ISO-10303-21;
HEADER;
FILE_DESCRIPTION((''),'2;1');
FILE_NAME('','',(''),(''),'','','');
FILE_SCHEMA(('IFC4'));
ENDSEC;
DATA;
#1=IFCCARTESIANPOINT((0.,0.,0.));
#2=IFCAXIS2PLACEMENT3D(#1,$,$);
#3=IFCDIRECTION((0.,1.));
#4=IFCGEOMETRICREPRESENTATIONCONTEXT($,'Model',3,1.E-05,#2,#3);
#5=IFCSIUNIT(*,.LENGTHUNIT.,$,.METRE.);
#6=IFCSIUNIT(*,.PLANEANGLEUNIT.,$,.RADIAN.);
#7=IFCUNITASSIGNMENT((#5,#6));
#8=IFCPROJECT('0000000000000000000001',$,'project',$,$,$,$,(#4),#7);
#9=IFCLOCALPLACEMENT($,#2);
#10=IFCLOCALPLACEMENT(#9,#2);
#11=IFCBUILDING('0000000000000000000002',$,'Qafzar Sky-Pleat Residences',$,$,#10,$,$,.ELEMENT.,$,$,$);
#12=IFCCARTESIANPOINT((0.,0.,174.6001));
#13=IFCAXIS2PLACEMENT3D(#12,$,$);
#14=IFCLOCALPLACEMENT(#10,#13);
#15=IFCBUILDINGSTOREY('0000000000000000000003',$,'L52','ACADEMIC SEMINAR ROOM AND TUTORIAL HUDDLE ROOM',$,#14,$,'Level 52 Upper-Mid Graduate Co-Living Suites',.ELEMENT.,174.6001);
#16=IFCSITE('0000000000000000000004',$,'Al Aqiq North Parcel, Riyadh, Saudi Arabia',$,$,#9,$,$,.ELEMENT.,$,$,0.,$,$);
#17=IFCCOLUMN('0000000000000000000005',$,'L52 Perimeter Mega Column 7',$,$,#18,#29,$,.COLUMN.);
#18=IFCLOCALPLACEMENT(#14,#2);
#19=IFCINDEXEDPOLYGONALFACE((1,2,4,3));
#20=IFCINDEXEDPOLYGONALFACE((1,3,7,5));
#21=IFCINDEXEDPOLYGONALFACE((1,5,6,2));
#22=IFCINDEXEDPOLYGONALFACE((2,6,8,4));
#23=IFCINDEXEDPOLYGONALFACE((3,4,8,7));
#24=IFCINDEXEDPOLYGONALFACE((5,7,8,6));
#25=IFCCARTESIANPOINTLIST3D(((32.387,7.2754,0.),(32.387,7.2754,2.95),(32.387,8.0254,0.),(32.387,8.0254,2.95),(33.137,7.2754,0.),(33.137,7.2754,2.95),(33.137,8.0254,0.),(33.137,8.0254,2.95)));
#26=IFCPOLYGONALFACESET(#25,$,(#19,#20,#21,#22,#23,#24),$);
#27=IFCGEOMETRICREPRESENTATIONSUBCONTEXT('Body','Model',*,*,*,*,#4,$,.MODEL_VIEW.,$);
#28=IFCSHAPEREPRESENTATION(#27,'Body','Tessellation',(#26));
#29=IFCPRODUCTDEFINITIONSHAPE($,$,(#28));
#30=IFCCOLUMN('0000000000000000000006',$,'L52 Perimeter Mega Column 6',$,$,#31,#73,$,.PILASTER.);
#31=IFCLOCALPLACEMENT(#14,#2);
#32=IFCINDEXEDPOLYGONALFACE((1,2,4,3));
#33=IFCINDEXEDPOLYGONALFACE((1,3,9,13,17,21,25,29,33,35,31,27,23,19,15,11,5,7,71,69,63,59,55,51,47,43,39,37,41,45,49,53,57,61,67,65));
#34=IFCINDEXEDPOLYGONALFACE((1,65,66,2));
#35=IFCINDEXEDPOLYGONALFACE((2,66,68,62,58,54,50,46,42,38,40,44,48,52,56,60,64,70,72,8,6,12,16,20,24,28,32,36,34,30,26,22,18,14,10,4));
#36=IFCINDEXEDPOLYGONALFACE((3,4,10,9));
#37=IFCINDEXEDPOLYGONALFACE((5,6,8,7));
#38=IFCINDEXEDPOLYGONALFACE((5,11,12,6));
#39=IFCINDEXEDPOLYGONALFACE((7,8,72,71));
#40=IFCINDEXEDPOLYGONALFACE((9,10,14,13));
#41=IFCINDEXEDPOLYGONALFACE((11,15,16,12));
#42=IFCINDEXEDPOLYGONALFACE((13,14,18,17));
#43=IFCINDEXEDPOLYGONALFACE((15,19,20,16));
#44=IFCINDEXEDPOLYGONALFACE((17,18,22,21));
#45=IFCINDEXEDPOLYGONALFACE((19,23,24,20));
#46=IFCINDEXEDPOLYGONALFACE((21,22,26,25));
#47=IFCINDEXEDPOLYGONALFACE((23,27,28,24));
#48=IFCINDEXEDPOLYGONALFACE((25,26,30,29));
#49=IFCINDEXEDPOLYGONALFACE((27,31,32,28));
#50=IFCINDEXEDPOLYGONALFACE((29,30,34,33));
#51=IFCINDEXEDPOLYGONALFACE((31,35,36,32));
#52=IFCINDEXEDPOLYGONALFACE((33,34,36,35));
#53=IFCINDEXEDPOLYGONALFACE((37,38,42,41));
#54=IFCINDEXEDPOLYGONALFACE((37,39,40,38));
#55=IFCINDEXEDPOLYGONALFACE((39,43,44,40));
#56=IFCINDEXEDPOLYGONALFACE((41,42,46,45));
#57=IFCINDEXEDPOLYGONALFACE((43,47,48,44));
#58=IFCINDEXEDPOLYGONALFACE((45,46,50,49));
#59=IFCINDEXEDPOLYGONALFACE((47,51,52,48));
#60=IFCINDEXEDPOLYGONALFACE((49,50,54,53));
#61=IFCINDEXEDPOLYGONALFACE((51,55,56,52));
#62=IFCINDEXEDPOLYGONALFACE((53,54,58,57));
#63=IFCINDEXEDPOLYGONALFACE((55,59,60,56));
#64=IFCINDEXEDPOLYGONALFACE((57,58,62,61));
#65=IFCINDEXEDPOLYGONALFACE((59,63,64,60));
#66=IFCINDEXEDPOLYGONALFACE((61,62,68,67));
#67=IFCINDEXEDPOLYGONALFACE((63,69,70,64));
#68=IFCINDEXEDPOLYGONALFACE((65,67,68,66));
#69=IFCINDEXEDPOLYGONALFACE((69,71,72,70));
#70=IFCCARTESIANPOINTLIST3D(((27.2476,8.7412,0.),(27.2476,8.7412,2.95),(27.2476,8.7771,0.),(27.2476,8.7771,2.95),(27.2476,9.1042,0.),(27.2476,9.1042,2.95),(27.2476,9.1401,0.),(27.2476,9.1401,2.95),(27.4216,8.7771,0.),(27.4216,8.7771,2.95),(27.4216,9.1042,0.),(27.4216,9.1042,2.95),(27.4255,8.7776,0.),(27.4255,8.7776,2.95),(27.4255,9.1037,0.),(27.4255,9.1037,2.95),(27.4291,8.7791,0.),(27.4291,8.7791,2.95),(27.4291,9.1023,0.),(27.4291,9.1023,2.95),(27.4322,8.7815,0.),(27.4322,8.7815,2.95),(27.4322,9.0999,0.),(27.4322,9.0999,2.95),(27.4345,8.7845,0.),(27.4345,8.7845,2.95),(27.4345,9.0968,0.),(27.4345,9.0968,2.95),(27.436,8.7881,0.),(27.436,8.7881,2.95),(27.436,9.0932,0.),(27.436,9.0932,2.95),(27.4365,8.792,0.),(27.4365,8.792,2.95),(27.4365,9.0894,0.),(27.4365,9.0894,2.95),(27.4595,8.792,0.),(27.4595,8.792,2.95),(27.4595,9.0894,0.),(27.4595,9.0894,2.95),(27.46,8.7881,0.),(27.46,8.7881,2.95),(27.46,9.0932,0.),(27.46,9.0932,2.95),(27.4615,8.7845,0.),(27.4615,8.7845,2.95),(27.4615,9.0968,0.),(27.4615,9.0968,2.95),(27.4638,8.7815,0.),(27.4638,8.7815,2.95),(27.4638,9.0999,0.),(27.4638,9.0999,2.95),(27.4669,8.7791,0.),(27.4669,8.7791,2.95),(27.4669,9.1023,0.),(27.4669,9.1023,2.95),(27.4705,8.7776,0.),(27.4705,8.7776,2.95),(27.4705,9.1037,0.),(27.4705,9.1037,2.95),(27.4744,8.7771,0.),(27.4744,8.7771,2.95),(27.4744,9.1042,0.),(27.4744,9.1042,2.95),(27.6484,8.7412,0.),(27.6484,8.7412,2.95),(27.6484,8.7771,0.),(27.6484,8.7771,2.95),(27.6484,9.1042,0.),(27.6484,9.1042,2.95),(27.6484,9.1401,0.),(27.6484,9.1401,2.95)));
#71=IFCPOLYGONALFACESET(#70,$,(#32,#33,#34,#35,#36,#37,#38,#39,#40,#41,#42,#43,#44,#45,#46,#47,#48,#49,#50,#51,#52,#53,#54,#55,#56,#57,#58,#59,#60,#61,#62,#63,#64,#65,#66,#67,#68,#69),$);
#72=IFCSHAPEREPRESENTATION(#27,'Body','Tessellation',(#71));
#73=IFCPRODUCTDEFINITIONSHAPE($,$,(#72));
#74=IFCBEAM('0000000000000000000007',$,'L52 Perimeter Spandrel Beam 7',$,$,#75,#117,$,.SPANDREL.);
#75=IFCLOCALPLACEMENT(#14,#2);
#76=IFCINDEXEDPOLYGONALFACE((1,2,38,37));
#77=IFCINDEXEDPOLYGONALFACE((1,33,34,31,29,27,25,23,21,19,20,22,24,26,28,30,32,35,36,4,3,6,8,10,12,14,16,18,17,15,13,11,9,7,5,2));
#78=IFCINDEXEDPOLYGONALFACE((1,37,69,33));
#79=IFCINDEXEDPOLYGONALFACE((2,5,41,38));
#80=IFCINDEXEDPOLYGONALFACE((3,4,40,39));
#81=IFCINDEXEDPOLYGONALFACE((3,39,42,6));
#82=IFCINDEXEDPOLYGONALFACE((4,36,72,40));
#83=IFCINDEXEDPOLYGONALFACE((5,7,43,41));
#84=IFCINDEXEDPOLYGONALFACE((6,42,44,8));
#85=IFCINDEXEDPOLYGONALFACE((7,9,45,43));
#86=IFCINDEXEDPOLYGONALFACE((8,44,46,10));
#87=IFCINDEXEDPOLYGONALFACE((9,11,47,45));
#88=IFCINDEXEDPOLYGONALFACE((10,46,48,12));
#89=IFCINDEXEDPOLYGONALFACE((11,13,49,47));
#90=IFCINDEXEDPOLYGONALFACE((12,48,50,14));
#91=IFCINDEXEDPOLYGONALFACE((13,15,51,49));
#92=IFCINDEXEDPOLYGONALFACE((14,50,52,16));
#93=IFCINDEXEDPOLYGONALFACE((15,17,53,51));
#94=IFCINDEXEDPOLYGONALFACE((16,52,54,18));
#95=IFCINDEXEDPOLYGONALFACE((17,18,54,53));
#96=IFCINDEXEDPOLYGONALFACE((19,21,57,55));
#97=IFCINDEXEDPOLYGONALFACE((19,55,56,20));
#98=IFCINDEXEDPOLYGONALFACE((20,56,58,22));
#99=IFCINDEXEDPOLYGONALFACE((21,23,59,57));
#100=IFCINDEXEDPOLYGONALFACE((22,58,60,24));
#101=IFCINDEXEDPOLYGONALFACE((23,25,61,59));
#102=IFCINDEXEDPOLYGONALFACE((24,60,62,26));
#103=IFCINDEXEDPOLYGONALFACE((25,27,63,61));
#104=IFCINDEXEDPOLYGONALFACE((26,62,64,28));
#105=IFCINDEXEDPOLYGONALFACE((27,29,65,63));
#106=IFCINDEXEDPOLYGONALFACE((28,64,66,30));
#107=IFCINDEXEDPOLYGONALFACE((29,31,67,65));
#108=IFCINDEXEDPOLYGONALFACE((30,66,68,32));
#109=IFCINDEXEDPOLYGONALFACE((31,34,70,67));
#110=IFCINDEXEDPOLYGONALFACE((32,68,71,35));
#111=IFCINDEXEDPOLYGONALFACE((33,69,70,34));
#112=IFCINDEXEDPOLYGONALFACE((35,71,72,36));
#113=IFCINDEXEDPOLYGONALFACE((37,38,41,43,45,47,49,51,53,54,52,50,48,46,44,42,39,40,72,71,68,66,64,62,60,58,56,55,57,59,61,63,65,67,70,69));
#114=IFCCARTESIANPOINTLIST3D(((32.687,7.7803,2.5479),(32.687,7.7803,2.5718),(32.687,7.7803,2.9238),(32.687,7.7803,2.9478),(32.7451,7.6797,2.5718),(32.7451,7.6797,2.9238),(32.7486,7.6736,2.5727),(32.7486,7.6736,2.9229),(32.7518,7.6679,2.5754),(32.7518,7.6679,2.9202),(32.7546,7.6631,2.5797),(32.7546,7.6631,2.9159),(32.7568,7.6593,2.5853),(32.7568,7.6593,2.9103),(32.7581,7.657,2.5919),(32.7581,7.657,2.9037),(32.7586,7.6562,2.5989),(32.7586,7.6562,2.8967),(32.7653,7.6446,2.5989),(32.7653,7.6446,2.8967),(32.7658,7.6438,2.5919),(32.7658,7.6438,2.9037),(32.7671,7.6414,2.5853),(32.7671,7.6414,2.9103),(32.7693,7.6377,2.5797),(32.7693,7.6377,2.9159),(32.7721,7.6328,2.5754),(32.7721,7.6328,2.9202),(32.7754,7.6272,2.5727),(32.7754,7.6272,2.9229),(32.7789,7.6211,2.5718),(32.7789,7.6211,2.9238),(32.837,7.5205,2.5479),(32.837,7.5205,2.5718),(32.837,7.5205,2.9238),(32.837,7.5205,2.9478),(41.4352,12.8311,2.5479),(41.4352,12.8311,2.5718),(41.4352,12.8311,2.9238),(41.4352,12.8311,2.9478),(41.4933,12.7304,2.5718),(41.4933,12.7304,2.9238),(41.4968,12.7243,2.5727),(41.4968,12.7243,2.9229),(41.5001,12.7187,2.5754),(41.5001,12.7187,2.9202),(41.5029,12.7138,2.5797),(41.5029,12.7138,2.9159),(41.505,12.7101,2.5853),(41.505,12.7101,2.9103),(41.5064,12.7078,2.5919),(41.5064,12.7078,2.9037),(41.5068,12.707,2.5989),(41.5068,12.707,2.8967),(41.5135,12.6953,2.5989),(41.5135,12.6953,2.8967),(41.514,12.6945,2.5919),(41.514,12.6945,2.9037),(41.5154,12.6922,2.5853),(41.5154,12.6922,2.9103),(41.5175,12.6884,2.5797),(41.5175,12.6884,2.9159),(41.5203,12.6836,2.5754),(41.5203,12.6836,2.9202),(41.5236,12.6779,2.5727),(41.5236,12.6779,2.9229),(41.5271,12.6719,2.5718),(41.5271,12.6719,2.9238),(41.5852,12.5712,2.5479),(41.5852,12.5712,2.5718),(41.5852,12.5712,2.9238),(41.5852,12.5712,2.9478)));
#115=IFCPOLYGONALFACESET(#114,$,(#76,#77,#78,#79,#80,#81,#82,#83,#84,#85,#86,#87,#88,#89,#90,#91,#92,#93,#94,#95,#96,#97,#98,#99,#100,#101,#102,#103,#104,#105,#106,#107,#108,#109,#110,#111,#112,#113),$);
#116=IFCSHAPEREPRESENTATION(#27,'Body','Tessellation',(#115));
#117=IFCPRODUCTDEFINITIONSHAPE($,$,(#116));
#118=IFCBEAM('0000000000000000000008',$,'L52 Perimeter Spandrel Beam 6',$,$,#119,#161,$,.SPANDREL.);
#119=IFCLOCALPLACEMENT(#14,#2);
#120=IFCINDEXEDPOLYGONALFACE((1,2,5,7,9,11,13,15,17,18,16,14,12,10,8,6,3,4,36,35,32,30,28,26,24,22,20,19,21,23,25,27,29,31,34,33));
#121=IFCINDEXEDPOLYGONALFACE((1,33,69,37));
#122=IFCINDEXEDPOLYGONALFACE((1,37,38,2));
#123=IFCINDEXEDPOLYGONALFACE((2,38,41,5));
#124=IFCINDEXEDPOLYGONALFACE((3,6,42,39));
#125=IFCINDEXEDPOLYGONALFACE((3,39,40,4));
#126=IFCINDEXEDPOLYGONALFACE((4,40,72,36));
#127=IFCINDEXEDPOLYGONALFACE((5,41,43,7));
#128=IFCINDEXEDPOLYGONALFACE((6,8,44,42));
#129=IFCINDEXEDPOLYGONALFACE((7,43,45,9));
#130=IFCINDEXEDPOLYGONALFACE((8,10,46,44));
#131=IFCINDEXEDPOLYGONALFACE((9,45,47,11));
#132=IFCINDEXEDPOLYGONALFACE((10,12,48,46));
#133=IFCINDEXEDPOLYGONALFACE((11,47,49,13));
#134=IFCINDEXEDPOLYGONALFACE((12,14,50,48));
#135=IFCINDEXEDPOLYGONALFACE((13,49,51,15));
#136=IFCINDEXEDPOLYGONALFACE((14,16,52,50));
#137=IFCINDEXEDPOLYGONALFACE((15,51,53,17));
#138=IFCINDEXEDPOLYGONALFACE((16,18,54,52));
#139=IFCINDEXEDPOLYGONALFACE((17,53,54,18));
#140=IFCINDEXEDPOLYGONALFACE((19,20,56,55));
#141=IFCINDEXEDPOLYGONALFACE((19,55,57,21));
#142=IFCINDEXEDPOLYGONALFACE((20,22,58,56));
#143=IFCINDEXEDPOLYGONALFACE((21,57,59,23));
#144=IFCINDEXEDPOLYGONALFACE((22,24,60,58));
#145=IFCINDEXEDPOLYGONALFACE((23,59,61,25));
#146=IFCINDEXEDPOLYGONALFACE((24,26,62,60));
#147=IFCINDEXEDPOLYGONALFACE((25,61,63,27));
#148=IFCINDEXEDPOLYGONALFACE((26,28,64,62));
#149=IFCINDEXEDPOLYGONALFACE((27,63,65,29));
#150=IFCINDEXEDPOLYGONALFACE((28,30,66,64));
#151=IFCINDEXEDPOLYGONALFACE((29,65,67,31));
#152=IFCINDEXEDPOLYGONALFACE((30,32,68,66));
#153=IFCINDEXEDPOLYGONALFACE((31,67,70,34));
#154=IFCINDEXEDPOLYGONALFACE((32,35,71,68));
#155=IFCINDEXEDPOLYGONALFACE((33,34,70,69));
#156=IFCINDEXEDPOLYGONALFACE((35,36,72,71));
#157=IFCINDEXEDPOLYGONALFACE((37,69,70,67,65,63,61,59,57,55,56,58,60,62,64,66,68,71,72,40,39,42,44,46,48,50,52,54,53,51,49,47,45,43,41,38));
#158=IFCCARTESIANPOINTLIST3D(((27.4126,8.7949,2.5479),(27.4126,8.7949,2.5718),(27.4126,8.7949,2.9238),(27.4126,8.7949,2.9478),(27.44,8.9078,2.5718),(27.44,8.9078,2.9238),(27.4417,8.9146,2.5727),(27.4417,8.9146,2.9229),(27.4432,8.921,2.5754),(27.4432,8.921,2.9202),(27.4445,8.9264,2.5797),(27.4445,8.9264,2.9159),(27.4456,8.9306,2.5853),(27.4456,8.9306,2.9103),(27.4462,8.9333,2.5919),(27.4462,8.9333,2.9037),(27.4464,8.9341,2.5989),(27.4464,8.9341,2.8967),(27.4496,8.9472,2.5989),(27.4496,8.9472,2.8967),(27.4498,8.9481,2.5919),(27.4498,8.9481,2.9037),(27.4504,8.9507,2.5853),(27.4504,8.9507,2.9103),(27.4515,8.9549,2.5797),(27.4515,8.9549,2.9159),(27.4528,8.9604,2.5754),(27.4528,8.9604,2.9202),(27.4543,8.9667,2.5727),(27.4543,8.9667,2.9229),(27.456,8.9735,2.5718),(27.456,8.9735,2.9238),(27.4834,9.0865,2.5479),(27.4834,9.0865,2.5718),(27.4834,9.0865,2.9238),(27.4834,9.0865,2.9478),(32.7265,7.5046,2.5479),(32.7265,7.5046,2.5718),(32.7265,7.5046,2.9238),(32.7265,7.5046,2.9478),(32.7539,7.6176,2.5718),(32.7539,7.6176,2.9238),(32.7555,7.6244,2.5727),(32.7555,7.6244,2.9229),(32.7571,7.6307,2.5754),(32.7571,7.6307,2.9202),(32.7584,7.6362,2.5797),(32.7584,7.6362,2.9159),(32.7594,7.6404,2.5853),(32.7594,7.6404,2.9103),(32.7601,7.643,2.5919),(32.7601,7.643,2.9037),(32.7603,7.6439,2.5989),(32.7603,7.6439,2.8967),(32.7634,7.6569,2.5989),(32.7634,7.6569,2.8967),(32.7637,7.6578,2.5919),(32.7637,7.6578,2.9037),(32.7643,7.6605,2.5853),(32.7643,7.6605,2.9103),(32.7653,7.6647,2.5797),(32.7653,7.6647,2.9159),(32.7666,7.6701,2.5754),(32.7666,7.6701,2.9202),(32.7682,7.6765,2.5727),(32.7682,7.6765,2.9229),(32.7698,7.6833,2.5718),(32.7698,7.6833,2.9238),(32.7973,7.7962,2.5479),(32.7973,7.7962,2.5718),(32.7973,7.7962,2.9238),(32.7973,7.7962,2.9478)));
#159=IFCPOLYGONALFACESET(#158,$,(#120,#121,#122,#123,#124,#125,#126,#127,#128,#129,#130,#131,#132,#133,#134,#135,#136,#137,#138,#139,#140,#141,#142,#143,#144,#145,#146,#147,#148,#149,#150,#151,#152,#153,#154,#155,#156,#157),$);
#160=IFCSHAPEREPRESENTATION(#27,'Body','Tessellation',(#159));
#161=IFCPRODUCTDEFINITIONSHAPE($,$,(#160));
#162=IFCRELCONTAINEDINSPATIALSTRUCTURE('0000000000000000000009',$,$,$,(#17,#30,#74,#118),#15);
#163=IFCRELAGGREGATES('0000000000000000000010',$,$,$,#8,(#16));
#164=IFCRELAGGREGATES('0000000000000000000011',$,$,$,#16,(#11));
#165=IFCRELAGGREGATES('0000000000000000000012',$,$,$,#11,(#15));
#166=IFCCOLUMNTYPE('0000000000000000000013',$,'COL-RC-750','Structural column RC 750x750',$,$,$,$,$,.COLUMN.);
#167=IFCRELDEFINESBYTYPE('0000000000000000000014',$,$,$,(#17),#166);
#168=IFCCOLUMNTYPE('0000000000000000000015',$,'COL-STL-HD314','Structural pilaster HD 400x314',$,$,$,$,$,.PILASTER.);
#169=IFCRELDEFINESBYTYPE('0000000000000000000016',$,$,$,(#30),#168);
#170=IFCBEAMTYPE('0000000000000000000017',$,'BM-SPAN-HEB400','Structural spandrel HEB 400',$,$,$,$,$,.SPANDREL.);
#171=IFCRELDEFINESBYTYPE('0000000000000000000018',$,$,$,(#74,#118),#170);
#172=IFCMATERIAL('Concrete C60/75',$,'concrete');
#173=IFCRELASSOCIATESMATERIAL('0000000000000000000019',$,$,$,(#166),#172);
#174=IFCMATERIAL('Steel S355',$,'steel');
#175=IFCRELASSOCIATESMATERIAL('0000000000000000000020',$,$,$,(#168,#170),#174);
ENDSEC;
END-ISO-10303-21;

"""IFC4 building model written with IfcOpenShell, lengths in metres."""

from ifc_helpers import new_model, si_unit, direction, frame, origin, origin_2d, place, context, subcontext, project, spatial, rectangle, i_section, extrude, source, transform, mapped, material, material_profile, profile_set, type_object, element, save


model = new_model("IFC4")

# Units and contexts
model_context = context("Model", 3, precision=1e-05, world=origin(), true_north=direction((0.0, 1.0)))
body_context = subcontext(model_context, "Body", "Model", "MODEL_VIEW")
ifc_project = project(units=[si_unit("LENGTHUNIT", "METRE"), si_unit("PLANEANGLEUNIT", "RADIAN")], contexts=[model_context])

# Site, building, storey
site_placement = place(None, origin())
site = spatial("IfcSite", under=ifc_project, at=site_placement, Name="Al Aqiq North Parcel, Riyadh, Saudi Arabia", CompositionType="ELEMENT", RefElevation=0.0)
building_placement = place(site_placement, origin())
building = spatial("IfcBuilding", under=site, at=building_placement, Name="Qafzar Sky-Pleat Residences", CompositionType="ELEMENT")
storey_placement = place(building_placement, frame((0.0, 0.0, 174.6001)))
storey = spatial("IfcBuildingStorey", under=building, at=storey_placement, Name="L52", Description="ACADEMIC SEMINAR ROOM AND TUTORIAL HUDDLE ROOM", LongName="Level 52 Upper-Mid Graduate Co-Living Suites", CompositionType="ELEMENT", Elevation=174.6001)

# Columns
ifc_material_1 = material(Name="Concrete C60/75", Category="concrete")
ifc_material_profile_1 = material_profile(ifc_material_1, rectangle(XDim=0.75, YDim=0.75, at=origin_2d()), Name="RC 750x750")
ifc_profile_set_1 = profile_set([ifc_material_profile_1], Name="Concrete C60/75")
column_type_1 = type_object("IfcColumnType", Name="COL-RC-750", Description="Structural column RC 750x750", PredefinedType="COLUMN", material=ifc_profile_set_1)
shared_shape_1 = source(origin(), body_context, "Body", "SweptSolid", [
    extrude(rectangle(XDim=0.75, YDim=0.75, at=origin_2d()), origin(), (0.0, 0.0, 1.0), 2.95),
])
column_1_placement = place(storey_placement, frame((32.762, 7.6504, 0.0), z_axis=(0.0, 0.0, 1.0), x_axis=(1.0, 0.0, 0.0)))
element("IfcColumn", 1, at=column_1_placement, inside=storey, type_object=column_type_1, Name="L52 Perimeter Mega Column 7", PredefinedType="COLUMN", context=body_context, shape_type="MappedRepresentation", body=[
    mapped(shared_shape_1, transform((0.0, 0.0, 0.0), x_axis=(1.0, 0.0, 0.0), y_axis=(0.0, 1.0, 0.0), z_axis=(0.0, 0.0, 1.0), scale=1.0)),
])
ifc_material_2 = material(Name="Steel S355", Category="steel")
ifc_material_profile_2 = material_profile(ifc_material_2, i_section(OverallWidth=0.4009, OverallDepth=0.3989, WebThickness=0.0229, FlangeThickness=0.0359, FilletRadius=0.0149, at=origin_2d()), Name="HD 400x314")
ifc_profile_set_2 = profile_set([ifc_material_profile_2], Name="Steel S355")
column_type_2 = type_object("IfcColumnType", Name="COL-STL-HD314", Description="Structural pilaster HD 400x314", PredefinedType="PILASTER", material=ifc_profile_set_2)
shared_shape_2 = source(origin(), body_context, "Body", "SweptSolid", [
    extrude(i_section(OverallWidth=0.4009, OverallDepth=0.3989, WebThickness=0.0229, FlangeThickness=0.0359, FilletRadius=0.0149, at=origin_2d()), origin(), (0.0, 0.0, 1.0), 2.95),
])
column_2_placement = place(storey_placement, frame((27.448, 8.9407, 0.0), z_axis=(0.0, 0.0, 1.0), x_axis=(1.0, 0.0, 0.0)))
element("IfcColumn", 2, at=column_2_placement, inside=storey, type_object=column_type_2, Name="L52 Perimeter Mega Column 6", PredefinedType="PILASTER", context=body_context, shape_type="MappedRepresentation", body=[
    mapped(shared_shape_2, transform((0.0, 0.0, 0.0), x_axis=(1.0, 0.0, 0.0), y_axis=(0.0, 1.0, 0.0), z_axis=(0.0, 0.0, 1.0), scale=1.0)),
])

# Beams
ifc_material_profile_3 = material_profile(ifc_material_2, i_section(OverallWidth=0.3, OverallDepth=0.3999, WebThickness=0.0134, FlangeThickness=0.0239, FilletRadius=0.0271, at=origin_2d()), Name="HEB 400")
ifc_profile_set_3 = profile_set([ifc_material_profile_3], Name="Steel S355")
beam_type_1 = type_object("IfcBeamType", Name="BM-SPAN-HEB400", Description="Structural spandrel HEB 400", PredefinedType="SPANDREL", material=ifc_profile_set_3)
shared_shape_3 = source(origin(), body_context, "Body", "SweptSolid", [
    extrude(i_section(OverallWidth=0.3, OverallDepth=0.3999, WebThickness=0.0134, FlangeThickness=0.0239, FilletRadius=0.0271, at=origin_2d()), origin(), (0.0, 0.0, 1.0), 10.1016),
])
beam_1_placement = place(storey_placement, frame((32.762, 7.6504, 2.7478), z_axis=(0.866027, 0.499997, 0.0), x_axis=(-0.499997, 0.866027, 0.0)))
element("IfcBeam", 3, at=beam_1_placement, inside=storey, type_object=beam_type_1, Name="L52 Perimeter Spandrel Beam 7", PredefinedType="SPANDREL", context=body_context, shape_type="MappedRepresentation", body=[
    mapped(shared_shape_3, transform((0.0, 0.0, 0.0), x_axis=(1.0, 0.0, 0.0), y_axis=(0.0, 1.0, 0.0), z_axis=(0.0, 0.0, 1.0), scale=1.0)),
])
shared_shape_4 = source(origin(), body_context, "Body", "SweptSolid", [
    extrude(i_section(OverallWidth=0.3, OverallDepth=0.3999, WebThickness=0.0134, FlangeThickness=0.0239, FilletRadius=0.0271, at=origin_2d()), origin(), (0.0, 0.0, 1.0), 5.4683),
])
beam_2_placement = place(storey_placement, frame((27.448, 8.9407, 2.7478), z_axis=(0.971764, -0.235954, 0.0), x_axis=(0.235954, 0.971764, 0.0)))
element("IfcBeam", 4, at=beam_2_placement, inside=storey, type_object=beam_type_1, Name="L52 Perimeter Spandrel Beam 6", PredefinedType="SPANDREL", context=body_context, shape_type="MappedRepresentation", body=[
    mapped(shared_shape_4, transform((0.0, 0.0, 0.0), x_axis=(1.0, 0.0, 0.0), y_axis=(0.0, 1.0, 0.0), z_axis=(0.0, 0.0, 1.0), scale=1.0)),
])

save(model, "model.ifc")
